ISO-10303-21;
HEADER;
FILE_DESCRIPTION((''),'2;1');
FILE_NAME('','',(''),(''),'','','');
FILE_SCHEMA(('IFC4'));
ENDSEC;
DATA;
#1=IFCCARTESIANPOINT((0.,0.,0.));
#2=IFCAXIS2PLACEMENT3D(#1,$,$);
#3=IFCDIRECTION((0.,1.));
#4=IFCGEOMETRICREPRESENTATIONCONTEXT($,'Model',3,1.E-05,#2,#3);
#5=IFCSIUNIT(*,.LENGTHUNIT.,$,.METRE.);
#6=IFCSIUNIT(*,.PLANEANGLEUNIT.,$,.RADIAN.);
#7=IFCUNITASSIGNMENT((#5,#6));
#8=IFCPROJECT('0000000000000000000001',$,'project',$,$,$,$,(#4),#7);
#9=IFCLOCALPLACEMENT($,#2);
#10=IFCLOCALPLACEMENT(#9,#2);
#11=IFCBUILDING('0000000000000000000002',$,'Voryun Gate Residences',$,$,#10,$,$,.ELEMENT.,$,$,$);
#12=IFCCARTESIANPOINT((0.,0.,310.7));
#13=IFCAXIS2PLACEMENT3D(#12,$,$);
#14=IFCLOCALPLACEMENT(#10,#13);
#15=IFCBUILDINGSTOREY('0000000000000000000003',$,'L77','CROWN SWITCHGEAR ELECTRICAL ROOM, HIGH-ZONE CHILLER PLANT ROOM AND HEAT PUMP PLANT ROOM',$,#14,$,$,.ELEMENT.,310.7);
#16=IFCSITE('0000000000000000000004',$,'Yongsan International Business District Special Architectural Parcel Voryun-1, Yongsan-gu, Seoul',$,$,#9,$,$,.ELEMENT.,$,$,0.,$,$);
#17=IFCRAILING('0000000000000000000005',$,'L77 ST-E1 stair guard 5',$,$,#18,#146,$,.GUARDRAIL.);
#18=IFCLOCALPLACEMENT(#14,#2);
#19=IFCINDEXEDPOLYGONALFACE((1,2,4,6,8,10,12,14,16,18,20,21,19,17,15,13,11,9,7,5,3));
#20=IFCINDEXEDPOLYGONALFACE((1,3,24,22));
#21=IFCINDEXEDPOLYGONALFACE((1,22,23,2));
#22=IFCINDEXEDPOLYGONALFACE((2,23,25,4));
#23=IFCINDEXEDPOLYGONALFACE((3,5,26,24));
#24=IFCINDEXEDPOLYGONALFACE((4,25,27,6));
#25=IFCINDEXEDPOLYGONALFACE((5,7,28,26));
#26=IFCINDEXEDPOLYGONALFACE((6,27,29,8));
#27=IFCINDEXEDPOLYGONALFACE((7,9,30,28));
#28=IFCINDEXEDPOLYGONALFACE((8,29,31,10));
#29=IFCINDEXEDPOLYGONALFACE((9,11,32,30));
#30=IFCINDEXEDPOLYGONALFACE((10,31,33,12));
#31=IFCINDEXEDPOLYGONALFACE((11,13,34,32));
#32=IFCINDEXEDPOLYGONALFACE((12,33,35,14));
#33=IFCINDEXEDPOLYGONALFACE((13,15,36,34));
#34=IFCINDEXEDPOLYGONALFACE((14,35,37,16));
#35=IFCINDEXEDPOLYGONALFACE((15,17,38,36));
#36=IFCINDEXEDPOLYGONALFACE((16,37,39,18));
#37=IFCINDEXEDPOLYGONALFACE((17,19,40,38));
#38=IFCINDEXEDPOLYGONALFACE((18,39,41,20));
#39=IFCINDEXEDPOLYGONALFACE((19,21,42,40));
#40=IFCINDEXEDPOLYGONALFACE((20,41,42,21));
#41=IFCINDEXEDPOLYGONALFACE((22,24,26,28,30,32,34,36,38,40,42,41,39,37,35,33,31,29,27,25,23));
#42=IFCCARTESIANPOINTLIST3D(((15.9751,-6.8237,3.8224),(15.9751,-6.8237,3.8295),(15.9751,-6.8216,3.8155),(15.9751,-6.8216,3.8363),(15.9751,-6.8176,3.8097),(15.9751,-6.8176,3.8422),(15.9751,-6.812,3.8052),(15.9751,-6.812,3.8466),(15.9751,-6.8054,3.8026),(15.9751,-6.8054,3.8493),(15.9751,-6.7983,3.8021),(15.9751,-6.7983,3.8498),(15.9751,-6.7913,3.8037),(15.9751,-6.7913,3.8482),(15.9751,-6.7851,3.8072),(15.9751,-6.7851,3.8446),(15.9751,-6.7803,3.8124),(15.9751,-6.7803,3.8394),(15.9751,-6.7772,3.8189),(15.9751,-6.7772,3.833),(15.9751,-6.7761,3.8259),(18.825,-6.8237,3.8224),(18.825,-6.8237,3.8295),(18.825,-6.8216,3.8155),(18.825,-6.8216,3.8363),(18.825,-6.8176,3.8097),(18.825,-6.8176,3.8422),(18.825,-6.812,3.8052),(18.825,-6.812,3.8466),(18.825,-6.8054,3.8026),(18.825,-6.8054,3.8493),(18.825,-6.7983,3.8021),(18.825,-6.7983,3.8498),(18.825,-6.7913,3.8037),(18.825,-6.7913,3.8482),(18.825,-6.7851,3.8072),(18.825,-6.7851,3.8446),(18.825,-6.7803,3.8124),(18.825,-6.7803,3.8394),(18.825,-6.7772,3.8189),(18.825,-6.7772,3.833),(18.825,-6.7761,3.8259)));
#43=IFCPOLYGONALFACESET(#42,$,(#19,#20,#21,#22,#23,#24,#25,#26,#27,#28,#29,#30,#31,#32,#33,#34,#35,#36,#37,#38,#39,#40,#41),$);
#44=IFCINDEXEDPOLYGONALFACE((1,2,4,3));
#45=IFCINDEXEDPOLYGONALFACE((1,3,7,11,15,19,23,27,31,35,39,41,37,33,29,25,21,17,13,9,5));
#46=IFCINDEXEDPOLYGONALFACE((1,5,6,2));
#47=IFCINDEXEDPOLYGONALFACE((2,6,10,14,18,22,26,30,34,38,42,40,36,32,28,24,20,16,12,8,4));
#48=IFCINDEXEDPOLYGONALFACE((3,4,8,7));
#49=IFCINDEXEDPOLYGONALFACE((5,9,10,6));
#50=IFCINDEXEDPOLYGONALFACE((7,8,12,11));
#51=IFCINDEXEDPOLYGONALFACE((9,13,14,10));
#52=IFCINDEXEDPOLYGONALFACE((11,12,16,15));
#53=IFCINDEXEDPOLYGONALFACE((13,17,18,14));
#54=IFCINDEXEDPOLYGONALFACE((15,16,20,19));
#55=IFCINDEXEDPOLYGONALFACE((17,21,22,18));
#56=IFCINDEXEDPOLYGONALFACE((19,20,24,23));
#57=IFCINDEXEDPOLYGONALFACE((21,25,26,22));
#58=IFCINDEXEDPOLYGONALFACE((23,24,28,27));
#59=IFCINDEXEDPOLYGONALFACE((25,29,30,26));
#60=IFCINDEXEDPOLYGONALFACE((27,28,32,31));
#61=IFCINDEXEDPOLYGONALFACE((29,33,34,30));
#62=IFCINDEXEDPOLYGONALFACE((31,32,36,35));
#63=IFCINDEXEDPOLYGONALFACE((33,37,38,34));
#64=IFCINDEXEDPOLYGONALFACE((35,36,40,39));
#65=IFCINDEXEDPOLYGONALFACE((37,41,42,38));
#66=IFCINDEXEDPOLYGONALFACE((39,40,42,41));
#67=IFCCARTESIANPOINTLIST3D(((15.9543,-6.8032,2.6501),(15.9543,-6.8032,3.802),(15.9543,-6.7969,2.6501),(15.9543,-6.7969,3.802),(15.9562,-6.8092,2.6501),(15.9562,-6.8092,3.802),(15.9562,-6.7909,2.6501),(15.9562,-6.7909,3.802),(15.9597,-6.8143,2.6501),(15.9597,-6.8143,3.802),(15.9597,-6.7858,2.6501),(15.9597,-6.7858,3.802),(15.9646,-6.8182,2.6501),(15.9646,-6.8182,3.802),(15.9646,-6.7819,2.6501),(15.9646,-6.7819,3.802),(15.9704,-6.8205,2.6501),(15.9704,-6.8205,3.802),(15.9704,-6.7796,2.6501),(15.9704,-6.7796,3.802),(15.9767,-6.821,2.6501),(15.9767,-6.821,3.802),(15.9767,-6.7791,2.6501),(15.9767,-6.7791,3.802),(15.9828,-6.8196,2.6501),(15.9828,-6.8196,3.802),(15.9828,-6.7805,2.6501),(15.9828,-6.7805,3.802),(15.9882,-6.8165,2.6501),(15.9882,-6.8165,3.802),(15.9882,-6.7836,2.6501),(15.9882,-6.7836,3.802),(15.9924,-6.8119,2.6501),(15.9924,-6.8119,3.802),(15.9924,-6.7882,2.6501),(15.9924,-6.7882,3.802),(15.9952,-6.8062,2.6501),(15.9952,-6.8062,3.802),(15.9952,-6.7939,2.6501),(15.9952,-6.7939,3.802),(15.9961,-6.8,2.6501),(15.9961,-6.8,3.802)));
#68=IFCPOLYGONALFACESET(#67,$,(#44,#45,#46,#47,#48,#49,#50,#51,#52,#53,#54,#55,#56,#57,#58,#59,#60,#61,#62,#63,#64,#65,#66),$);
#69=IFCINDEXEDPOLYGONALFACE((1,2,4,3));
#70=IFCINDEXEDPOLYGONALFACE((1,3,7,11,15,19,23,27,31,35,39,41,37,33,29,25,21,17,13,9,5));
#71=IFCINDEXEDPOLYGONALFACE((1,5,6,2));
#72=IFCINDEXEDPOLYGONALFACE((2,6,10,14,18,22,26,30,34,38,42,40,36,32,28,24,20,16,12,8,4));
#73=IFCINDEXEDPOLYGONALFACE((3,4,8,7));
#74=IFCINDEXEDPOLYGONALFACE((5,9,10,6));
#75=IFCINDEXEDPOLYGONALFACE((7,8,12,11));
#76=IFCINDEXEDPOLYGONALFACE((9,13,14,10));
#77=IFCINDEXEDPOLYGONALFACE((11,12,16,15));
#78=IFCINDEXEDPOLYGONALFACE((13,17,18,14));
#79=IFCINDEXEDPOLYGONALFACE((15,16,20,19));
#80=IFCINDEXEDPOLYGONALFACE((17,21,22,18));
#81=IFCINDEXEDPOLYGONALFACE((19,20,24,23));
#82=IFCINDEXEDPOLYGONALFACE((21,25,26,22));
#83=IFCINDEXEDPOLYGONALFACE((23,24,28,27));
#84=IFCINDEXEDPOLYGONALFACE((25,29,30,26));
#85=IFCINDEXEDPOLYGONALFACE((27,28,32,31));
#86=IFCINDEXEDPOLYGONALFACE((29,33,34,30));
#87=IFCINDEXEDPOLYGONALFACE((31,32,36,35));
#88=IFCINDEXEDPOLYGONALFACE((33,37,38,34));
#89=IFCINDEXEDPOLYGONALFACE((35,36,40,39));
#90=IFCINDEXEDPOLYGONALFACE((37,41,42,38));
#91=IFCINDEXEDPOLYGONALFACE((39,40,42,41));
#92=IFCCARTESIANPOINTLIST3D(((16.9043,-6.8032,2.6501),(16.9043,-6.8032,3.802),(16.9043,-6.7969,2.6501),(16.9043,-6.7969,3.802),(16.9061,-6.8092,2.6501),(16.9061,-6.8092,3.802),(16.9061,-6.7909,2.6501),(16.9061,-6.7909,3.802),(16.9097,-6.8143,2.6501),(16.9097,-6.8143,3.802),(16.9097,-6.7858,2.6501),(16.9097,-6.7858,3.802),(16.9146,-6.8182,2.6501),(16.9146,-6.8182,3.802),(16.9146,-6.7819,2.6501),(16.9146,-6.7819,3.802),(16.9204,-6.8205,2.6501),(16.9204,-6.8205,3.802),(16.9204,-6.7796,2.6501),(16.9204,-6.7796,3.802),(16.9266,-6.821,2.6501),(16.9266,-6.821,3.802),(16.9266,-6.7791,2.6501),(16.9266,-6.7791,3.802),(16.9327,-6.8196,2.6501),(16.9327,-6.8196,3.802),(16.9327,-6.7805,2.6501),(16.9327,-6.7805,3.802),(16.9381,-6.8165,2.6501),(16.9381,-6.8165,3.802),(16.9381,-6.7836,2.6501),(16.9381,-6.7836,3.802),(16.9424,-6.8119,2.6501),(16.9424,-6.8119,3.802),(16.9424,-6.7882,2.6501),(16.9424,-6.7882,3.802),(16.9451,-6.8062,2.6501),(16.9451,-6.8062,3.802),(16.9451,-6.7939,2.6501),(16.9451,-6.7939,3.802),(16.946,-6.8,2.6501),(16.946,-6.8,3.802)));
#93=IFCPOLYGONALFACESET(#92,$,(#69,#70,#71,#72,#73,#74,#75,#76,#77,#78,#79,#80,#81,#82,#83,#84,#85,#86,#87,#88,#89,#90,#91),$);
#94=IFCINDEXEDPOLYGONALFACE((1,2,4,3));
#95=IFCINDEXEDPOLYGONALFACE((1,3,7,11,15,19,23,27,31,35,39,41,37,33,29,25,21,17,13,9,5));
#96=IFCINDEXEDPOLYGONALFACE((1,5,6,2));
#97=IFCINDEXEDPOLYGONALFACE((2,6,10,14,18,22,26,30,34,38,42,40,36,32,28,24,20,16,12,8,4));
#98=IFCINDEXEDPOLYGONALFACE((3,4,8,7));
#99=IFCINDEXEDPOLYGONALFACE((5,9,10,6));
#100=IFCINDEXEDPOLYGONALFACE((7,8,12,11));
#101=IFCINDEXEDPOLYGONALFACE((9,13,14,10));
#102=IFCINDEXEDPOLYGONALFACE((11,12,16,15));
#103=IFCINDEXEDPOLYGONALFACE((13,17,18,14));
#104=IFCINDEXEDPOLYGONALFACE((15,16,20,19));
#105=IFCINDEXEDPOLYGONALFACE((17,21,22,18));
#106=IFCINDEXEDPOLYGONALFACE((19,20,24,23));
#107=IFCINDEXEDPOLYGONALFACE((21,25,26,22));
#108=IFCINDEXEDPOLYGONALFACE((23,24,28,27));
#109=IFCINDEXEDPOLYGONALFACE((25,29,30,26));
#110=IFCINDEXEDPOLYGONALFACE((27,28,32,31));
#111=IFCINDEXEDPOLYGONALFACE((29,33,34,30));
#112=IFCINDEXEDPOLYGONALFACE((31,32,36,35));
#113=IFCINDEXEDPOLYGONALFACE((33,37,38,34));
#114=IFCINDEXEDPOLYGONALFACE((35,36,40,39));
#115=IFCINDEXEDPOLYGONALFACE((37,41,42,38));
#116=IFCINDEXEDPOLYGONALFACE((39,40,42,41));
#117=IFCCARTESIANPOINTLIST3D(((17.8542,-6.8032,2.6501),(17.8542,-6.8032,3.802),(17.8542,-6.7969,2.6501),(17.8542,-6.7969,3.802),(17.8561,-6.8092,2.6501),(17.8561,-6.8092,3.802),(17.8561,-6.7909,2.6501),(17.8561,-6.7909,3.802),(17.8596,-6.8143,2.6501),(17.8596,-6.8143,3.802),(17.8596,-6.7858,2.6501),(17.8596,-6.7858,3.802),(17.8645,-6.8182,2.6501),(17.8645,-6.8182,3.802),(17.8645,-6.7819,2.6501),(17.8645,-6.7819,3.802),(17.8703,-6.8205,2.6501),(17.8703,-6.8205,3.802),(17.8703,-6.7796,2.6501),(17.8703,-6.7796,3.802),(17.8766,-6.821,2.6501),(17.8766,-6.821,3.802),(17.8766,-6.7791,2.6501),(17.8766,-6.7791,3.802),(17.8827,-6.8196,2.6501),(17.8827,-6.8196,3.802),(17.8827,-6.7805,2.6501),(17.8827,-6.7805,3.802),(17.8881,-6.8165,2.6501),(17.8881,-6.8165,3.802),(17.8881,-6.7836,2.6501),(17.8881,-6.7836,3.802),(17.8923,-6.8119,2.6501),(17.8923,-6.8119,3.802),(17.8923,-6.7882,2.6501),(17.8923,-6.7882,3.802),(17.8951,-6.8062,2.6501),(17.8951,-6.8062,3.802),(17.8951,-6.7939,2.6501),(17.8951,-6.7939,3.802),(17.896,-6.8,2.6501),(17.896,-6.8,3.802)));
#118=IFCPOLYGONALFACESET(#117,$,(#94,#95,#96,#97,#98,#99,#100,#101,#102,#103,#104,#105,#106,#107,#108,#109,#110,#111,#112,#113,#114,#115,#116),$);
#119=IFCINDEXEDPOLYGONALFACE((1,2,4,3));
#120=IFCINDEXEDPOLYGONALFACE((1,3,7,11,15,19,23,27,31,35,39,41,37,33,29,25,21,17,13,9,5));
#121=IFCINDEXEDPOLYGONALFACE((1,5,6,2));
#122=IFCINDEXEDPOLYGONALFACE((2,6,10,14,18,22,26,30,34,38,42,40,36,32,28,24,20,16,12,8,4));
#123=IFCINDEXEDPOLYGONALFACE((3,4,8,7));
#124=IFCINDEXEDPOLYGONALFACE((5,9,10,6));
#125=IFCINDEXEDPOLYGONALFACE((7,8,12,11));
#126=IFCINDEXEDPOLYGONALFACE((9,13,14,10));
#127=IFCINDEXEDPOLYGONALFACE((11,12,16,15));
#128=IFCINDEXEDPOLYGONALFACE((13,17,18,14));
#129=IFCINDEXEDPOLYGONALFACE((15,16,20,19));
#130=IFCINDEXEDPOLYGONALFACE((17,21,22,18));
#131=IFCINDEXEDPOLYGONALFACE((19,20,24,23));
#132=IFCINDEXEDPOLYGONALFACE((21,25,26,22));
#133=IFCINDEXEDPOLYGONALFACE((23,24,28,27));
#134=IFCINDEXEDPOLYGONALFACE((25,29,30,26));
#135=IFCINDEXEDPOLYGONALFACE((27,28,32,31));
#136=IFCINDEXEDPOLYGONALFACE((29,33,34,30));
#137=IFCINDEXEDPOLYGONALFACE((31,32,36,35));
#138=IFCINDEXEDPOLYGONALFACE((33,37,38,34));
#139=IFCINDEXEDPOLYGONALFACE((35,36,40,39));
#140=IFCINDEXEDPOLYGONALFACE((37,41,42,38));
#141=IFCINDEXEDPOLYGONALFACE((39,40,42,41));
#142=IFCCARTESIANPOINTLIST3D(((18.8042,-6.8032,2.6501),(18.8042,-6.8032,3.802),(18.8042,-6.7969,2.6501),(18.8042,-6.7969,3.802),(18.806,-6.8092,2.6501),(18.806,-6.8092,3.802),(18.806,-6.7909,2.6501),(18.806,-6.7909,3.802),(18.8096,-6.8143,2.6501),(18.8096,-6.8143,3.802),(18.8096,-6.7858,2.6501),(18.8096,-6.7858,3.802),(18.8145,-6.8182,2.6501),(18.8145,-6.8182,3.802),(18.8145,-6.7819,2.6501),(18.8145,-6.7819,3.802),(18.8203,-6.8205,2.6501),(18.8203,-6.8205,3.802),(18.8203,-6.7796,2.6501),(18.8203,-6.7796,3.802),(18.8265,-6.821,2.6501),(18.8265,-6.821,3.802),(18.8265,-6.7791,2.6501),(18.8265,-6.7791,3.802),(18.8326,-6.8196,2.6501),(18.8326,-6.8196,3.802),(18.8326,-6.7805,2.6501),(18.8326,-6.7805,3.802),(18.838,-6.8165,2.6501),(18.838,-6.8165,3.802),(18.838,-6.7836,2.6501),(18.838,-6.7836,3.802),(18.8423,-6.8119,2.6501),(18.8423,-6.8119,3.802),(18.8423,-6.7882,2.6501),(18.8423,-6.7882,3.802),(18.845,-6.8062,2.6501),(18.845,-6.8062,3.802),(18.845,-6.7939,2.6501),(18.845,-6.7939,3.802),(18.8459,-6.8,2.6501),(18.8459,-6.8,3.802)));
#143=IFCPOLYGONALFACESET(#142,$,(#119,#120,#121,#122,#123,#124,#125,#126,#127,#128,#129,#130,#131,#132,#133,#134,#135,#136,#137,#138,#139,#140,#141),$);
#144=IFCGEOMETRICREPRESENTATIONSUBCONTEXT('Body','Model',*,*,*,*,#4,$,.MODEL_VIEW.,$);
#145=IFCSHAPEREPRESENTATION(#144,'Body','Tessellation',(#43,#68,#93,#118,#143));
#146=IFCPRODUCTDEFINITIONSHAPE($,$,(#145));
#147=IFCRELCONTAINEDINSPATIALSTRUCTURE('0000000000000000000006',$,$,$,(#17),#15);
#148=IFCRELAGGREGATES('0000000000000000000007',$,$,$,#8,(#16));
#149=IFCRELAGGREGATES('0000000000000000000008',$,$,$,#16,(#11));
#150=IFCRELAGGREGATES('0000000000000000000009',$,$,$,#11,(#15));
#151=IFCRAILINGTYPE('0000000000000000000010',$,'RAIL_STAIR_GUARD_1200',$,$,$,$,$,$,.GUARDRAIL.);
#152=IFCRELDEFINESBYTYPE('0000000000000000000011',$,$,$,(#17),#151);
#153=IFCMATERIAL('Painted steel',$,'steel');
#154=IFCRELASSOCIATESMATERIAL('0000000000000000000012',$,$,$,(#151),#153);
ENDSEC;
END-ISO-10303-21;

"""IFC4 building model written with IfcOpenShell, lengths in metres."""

from ifc_helpers import new_model, si_unit, direction, frame, origin, origin_2d, place, context, subcontext, project, spatial, circle, extrude, material, type_object, element, save


model = new_model("IFC4")

# Units and contexts
model_context = context("Model", 3, precision=1e-05, world=origin(), true_north=direction((0.0, 1.0)))
body_context = subcontext(model_context, "Body", "Model", "MODEL_VIEW")
ifc_project = project(units=[si_unit("LENGTHUNIT", "METRE"), si_unit("PLANEANGLEUNIT", "RADIAN")], contexts=[model_context])

# Site, building, storey
site_placement = place(None, origin())
site = spatial("IfcSite", under=ifc_project, at=site_placement, Name="Yongsan International Business District Special Architectural Parcel Voryun-1, Yongsan-gu, Seoul", CompositionType="ELEMENT", RefElevation=0.0)
building_placement = place(site_placement, origin())
building = spatial("IfcBuilding", under=site, at=building_placement, Name="Voryun Gate Residences", CompositionType="ELEMENT")
storey_placement = place(building_placement, frame((0.0, 0.0, 310.7)))
storey = spatial("IfcBuildingStorey", under=building, at=storey_placement, Name="L77", Description="CROWN SWITCHGEAR ELECTRICAL ROOM, HIGH-ZONE CHILLER PLANT ROOM AND HEAT PUMP PLANT ROOM", CompositionType="ELEMENT", Elevation=310.7)

# Railing
ifc_material_1 = material(Name="Painted steel", Category="steel")
railing_type_1 = type_object("IfcRailingType", Name="RAIL_STAIR_GUARD_1200", PredefinedType="GUARDRAIL", material=ifc_material_1)
railing_1_placement = place(storey_placement, frame((15.9751, -6.8, 2.6501)))
element("IfcRailing", 1, at=railing_1_placement, inside=storey, type_object=railing_type_1, Name="L77 ST-E1 stair guard 5", PredefinedType="GUARDRAIL", context=body_context, shape_type="SweptSolid", body=[
    extrude(circle(Radius=0.0239, at=origin_2d()), frame((0.0, 0.0, 1.1758), z_axis=(1.0, 0.0, 0.0), x_axis=(0.0, 1.0, 0.0)), (0.0, 0.0, 1.0), 2.8499),
    extrude(circle(Radius=0.021, at=origin_2d()), origin(), (0.0, 0.0, 1.0), 1.1519),
    extrude(circle(Radius=0.021, at=origin_2d()), frame((0.95, 0.0, 0.0)), (0.0, 0.0, 1.0), 1.1519),
    extrude(circle(Radius=0.021, at=origin_2d()), frame((1.8999, 0.0, 0.0)), (0.0, 0.0, 1.0), 1.1519),
    extrude(circle(Radius=0.021, at=origin_2d()), frame((2.8499, 0.0, 0.0)), (0.0, 0.0, 1.0), 1.1519),
])

save(model, "model.ifc")
